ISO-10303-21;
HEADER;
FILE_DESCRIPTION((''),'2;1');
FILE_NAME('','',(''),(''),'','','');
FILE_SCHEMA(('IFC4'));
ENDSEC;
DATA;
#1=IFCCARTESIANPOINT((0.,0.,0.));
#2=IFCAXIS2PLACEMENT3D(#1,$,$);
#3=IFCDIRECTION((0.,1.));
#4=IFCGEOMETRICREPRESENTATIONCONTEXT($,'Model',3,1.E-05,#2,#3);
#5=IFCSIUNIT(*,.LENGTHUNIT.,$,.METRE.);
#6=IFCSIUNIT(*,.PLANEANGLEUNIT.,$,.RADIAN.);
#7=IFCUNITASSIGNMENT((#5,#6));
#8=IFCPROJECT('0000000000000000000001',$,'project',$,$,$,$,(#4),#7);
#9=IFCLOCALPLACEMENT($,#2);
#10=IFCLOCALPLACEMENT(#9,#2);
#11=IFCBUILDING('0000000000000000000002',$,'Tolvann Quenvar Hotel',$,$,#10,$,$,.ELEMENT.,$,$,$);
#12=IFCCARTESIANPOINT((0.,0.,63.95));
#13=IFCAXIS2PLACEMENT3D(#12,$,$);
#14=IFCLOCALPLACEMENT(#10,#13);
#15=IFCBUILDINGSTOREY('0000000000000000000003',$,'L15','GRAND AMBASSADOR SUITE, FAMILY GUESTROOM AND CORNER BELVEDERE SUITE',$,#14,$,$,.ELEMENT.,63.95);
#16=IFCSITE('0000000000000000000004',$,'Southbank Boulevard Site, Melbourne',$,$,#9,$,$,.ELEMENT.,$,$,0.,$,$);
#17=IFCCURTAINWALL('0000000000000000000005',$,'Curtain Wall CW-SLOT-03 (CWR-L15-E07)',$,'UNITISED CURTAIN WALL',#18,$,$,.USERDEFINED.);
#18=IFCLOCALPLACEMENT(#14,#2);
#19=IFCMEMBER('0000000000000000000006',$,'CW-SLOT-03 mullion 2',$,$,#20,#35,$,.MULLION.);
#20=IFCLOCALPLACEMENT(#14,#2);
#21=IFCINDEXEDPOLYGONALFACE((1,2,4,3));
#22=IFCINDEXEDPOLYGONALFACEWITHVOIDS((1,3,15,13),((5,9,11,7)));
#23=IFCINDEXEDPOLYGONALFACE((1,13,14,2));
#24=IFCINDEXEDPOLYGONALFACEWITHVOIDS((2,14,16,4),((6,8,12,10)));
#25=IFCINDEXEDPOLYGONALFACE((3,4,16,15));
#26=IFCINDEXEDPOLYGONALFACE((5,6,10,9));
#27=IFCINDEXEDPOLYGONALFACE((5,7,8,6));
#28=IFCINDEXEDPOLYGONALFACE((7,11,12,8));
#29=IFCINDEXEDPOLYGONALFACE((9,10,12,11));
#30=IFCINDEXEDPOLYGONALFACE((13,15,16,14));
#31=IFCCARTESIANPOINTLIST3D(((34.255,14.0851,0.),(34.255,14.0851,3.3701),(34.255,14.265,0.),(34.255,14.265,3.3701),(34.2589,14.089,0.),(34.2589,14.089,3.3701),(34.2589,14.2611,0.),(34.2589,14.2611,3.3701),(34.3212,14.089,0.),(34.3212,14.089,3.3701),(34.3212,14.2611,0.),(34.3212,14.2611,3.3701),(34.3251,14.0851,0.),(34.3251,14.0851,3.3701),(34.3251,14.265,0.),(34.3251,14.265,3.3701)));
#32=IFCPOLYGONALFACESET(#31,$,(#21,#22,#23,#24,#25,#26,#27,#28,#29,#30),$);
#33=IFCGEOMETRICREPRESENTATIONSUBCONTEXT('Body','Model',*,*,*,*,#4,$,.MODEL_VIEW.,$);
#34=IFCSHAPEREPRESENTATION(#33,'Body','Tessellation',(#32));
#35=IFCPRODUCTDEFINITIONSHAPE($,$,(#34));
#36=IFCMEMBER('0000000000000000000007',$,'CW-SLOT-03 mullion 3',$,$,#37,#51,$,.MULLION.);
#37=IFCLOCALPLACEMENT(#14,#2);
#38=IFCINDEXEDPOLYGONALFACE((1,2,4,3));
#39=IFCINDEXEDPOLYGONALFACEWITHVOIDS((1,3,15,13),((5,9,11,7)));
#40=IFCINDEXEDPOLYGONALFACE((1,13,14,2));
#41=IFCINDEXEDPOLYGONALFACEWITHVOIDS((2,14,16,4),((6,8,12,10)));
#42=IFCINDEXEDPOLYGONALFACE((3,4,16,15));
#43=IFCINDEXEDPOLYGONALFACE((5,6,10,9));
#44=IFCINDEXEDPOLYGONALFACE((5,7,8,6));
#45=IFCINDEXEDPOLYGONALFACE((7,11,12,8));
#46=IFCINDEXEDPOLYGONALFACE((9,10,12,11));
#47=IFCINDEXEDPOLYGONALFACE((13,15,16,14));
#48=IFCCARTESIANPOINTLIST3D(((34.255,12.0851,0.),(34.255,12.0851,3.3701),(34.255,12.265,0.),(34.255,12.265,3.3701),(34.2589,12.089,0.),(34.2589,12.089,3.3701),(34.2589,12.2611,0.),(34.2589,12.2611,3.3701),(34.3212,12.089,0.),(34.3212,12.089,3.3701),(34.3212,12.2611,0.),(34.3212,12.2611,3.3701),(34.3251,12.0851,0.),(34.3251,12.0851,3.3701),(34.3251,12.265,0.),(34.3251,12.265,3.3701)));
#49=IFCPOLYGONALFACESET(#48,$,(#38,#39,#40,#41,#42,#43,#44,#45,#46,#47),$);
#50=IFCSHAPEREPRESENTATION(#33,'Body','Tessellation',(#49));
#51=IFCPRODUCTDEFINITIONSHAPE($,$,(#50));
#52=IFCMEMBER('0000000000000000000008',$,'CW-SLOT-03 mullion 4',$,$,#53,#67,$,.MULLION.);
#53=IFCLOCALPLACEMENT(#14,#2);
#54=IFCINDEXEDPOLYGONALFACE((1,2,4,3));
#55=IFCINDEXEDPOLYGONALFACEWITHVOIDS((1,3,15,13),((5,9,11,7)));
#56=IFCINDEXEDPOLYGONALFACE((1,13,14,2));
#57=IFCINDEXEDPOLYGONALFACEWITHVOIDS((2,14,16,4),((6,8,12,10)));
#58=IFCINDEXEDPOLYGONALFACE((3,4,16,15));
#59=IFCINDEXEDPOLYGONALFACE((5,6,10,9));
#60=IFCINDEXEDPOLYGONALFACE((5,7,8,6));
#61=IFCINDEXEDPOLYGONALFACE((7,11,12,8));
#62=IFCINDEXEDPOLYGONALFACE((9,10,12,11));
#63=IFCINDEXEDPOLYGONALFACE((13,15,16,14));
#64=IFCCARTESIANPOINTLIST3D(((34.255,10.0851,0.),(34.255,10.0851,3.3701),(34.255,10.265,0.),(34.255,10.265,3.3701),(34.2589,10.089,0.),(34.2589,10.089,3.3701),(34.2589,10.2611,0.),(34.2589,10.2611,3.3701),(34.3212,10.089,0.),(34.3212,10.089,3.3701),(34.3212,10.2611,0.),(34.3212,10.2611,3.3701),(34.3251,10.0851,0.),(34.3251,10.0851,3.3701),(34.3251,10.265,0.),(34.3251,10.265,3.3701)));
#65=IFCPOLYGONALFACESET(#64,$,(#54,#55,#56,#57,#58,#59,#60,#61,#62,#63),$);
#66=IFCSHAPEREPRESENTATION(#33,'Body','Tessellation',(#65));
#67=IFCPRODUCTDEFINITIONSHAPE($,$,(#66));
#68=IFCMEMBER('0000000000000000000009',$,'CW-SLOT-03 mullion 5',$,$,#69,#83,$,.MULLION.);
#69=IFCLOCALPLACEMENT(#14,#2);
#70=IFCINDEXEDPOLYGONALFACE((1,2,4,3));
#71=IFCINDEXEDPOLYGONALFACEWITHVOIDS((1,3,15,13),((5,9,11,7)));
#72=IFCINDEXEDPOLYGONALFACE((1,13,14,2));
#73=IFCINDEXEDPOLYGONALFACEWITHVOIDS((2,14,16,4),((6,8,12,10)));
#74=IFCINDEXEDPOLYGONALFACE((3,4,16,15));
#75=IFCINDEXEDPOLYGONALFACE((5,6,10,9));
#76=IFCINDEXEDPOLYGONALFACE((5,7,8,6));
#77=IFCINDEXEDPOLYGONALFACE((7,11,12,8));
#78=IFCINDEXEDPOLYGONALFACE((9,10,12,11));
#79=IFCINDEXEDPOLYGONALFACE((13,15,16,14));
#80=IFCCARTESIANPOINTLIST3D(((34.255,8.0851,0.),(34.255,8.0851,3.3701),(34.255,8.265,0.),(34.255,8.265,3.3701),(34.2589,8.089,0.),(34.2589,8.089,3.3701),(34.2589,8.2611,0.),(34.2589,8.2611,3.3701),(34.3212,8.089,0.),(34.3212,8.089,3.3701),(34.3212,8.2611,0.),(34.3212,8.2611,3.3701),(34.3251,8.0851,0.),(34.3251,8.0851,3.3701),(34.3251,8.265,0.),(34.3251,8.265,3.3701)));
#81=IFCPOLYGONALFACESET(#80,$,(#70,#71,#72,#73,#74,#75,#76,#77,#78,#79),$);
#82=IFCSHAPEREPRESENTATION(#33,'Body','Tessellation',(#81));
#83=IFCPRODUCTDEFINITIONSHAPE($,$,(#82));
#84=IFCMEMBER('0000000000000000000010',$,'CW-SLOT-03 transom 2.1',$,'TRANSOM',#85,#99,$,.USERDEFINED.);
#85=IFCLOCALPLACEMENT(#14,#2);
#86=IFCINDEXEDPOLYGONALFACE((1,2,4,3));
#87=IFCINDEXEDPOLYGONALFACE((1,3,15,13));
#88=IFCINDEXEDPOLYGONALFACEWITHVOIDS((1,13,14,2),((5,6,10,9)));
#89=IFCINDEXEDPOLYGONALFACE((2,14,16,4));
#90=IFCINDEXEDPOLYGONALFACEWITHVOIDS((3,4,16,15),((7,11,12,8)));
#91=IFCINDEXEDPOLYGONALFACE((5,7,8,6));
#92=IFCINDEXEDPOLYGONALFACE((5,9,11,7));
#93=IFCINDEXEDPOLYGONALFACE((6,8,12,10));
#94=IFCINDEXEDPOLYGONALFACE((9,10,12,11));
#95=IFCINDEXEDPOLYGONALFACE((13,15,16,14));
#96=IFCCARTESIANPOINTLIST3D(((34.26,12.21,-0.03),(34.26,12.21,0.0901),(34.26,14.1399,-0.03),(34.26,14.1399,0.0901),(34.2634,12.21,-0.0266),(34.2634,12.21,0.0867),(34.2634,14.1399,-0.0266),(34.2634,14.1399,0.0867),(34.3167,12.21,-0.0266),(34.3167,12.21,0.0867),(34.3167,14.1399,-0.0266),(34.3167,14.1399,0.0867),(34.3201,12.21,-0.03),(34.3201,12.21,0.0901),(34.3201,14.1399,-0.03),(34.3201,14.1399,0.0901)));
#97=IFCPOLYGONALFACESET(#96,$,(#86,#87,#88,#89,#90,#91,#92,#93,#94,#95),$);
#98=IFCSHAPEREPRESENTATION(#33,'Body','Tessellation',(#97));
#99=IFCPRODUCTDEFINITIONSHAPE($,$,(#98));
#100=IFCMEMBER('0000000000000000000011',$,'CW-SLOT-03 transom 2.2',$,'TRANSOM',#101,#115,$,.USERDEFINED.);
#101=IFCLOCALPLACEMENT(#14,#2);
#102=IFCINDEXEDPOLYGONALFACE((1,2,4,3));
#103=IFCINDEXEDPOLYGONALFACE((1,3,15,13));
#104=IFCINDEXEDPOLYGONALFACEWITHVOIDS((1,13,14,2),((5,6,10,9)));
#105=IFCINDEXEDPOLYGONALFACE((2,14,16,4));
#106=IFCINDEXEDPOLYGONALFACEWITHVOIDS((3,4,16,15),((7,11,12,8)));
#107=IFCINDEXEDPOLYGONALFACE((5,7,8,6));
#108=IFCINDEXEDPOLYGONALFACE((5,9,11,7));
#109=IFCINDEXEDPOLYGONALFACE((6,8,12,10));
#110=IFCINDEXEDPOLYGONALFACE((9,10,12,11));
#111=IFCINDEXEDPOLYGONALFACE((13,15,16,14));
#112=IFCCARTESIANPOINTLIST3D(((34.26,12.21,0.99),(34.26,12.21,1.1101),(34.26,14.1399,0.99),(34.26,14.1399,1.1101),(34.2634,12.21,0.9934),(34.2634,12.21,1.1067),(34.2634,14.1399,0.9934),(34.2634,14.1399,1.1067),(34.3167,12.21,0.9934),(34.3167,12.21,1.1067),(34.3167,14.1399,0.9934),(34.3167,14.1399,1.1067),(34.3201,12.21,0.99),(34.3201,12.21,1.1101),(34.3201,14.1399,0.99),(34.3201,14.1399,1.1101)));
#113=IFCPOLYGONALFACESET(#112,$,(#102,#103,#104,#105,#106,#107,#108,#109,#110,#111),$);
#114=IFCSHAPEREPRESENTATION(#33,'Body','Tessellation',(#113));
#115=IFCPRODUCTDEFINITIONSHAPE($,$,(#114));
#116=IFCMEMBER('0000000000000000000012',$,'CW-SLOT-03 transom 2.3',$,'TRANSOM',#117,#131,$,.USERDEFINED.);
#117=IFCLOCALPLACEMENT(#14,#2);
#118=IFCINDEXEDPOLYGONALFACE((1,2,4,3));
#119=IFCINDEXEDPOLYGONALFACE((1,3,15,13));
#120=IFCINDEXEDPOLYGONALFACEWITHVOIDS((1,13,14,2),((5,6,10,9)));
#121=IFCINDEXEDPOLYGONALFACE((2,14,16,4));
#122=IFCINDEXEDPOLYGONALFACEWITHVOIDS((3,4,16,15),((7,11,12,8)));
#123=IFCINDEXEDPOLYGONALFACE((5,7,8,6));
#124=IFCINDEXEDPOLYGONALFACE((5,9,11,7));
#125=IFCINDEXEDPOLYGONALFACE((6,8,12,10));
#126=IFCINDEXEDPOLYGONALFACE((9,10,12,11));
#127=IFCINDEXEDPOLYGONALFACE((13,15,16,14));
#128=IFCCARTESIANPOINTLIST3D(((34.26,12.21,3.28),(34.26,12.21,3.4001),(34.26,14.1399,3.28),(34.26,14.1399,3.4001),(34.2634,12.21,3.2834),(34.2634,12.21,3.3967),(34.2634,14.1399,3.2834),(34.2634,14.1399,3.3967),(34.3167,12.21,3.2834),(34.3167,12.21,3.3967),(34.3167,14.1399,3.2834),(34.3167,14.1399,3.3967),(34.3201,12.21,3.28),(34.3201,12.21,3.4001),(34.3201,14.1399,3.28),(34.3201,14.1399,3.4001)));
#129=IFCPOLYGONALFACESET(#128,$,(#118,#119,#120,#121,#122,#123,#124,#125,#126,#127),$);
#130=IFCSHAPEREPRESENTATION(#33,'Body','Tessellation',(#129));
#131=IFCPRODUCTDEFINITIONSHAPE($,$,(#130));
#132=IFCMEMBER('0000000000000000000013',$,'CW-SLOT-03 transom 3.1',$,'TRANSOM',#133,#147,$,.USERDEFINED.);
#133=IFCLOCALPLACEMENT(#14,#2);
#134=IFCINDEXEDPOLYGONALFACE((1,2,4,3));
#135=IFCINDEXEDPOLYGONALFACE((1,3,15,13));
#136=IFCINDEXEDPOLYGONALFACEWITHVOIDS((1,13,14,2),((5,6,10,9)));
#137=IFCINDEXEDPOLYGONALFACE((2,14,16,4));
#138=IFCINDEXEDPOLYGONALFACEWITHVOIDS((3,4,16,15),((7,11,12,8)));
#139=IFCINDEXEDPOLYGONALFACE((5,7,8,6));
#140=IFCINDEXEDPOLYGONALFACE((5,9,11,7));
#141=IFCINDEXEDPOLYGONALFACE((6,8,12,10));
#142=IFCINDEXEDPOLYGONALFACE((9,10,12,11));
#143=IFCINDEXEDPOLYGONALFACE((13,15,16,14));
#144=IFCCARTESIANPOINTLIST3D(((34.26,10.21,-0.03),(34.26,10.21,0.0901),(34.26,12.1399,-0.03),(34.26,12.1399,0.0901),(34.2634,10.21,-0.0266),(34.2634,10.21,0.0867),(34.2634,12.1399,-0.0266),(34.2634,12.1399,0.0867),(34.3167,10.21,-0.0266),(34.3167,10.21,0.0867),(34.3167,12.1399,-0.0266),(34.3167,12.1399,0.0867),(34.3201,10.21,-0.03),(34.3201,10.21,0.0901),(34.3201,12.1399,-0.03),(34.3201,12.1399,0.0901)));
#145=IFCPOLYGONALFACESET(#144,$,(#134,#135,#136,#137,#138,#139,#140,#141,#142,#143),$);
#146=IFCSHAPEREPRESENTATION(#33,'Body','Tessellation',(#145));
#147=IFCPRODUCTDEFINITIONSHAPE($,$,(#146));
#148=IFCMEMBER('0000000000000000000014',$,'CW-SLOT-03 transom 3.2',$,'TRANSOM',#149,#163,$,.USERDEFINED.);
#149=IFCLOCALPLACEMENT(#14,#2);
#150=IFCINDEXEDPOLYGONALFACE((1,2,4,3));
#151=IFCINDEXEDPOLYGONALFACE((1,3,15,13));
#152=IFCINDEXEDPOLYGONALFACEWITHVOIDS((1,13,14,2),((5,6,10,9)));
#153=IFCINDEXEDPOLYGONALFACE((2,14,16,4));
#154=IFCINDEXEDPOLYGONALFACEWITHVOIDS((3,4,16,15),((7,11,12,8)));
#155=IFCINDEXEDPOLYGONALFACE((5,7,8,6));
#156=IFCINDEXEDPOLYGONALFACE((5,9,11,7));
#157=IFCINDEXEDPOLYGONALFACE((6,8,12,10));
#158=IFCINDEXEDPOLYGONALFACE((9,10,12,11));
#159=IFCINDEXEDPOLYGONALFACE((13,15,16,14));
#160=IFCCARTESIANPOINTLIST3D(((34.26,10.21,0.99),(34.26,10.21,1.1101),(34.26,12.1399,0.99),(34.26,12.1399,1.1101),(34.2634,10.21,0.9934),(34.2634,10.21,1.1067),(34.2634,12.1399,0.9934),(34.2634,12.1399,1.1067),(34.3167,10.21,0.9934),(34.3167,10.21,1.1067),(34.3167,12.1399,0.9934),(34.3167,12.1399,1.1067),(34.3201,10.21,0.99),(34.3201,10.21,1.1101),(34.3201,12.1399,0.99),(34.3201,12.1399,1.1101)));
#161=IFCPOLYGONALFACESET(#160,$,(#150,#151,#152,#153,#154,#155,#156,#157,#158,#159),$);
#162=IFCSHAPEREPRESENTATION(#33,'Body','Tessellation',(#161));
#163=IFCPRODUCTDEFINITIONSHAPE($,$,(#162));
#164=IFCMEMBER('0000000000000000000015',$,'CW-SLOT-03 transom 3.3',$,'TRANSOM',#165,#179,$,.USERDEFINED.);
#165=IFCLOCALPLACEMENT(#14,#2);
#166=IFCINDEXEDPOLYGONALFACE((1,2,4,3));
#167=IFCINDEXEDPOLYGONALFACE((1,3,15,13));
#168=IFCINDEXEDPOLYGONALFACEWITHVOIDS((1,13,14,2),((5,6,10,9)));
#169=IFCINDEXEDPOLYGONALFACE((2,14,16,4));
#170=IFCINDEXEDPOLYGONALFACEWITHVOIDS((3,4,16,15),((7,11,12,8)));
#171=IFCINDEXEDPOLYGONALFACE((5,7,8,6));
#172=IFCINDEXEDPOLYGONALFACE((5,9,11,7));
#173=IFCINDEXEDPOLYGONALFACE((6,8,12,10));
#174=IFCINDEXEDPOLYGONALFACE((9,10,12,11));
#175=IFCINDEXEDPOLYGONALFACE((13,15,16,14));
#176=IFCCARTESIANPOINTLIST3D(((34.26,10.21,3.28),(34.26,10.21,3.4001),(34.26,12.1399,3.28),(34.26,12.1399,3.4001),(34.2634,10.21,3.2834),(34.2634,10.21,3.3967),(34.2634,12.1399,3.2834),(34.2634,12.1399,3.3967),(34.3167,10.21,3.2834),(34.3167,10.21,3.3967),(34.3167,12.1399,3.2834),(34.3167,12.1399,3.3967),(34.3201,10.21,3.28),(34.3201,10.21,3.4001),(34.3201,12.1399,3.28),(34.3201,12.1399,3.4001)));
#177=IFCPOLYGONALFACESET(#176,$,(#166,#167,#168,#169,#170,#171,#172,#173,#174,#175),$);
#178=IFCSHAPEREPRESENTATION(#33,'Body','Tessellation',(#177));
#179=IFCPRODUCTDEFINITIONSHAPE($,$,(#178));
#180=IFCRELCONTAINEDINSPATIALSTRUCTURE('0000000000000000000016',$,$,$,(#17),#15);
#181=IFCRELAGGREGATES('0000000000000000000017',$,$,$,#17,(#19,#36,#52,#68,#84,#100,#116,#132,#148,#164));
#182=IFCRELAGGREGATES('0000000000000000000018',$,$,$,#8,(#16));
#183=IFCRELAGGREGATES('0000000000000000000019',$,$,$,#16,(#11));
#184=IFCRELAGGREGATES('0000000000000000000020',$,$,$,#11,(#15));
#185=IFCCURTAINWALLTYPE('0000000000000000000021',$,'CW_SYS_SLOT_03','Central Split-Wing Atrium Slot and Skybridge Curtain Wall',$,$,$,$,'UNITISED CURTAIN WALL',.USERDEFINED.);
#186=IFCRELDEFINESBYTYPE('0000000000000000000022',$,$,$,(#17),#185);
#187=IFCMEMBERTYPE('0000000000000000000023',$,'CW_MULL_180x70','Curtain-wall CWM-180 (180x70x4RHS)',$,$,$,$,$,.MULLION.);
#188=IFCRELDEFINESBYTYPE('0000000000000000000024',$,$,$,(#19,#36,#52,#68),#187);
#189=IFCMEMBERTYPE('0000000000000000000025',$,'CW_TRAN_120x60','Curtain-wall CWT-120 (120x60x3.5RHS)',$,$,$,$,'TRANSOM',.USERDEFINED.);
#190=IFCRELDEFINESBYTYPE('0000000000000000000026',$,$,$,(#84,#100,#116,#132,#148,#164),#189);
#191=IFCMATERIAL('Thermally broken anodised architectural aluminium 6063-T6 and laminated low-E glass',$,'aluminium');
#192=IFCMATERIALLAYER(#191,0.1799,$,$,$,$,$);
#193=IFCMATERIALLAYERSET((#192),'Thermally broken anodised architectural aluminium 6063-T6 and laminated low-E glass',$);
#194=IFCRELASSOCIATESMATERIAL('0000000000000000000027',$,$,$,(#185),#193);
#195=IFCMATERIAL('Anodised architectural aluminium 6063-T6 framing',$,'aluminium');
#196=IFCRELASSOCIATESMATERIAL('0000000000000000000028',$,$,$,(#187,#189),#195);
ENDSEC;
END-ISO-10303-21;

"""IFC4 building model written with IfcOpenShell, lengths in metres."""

from ifc_helpers import new_model, si_unit, direction, frame, origin, origin_2d, place, context, subcontext, project, spatial, hollow_rectangle, extrude, source, transform, mapped, material, layer, layer_set, material_profile, profile_set, type_object, type_shapes, element, aggregate, save


model = new_model("IFC4")

# Units and contexts
model_context = context("Model", 3, precision=1e-05, world=origin(), true_north=direction((0.0, 1.0)))
body_context = subcontext(model_context, "Body", "Model", "MODEL_VIEW")
ifc_project = project(units=[si_unit("LENGTHUNIT", "METRE"), si_unit("PLANEANGLEUNIT", "RADIAN")], contexts=[model_context])

# Site, building, storey
site_placement = place(None, origin())
site = spatial("IfcSite", under=ifc_project, at=site_placement, Name="Southbank Boulevard Site, Melbourne", CompositionType="ELEMENT", RefElevation=0.0)
building_placement = place(site_placement, origin())
building = spatial("IfcBuilding", under=site, at=building_placement, Name="Tolvann Quenvar Hotel", CompositionType="ELEMENT")
storey_placement = place(building_placement, frame((0.0, 0.0, 63.95)))
storey = spatial("IfcBuildingStorey", under=building, at=storey_placement, Name="L15", Description="GRAND AMBASSADOR SUITE, FAMILY GUESTROOM AND CORNER BELVEDERE SUITE", CompositionType="ELEMENT", Elevation=63.95)

# Curtain wall, members
ifc_material_1 = material(Name="Thermally broken anodised architectural aluminium 6063-T6 and laminated low-E glass", Category="aluminium")
ifc_layer_1 = layer(ifc_material_1, 0.1799)
ifc_layer_set_1 = layer_set([ifc_layer_1], Name="Thermally broken anodised architectural aluminium 6063-T6 and laminated low-E glass")
curtain_wall_type = type_object("IfcCurtainWallType", Name="CW_SYS_SLOT_03", Description="Central Split-Wing Atrium Slot and Skybridge Curtain Wall", ElementType="UNITISED CURTAIN WALL", PredefinedType="USERDEFINED", material=ifc_layer_set_1)
curtain_wall_1_placement = place(storey_placement, origin())
curtain_wall_1 = element("IfcCurtainWall", 1, at=curtain_wall_1_placement, inside=storey, type_object=curtain_wall_type, Name="Curtain Wall CW-SLOT-03 (CWR-L15-E07)", ObjectType="UNITISED CURTAIN WALL", PredefinedType="USERDEFINED")
ifc_material_2 = material(Name="Anodised architectural aluminium 6063-T6 framing", Category="aluminium")
ifc_material_profile_1 = material_profile(ifc_material_2, hollow_rectangle(XDim=0.0701, YDim=0.1799, WallThickness=0.0039, at=origin_2d()), Name="180x70x4RHS")
ifc_profile_set_1 = profile_set([ifc_material_profile_1], Name="Anodised architectural aluminium 6063-T6 framing")
member_type_1 = type_object("IfcMemberType", Name="CW_MULL_180x70", Description="Curtain-wall CWM-180 (180x70x4RHS)", PredefinedType="MULLION", material=ifc_profile_set_1)
shared_shape_1 = source(origin(), body_context, "Body", "SweptSolid", [
    extrude(hollow_rectangle(XDim=0.0701, YDim=0.1799, WallThickness=0.0039, at=origin_2d()), origin(), (0.0, 0.0, 1.0), 3.3701),
])
type_shapes(member_type_1, [shared_shape_1])
member_1_placement = place(storey_placement, frame((34.29, 14.175, 0.0), z_axis=(0.0, 0.0, 1.0), x_axis=(1.0, 0.0, 0.0)))
member_1 = element("IfcMember", 2, at=member_1_placement, type_object=member_type_1, Name="CW-SLOT-03 mullion 2", PredefinedType="MULLION", context=body_context, shape_type="MappedRepresentation", body=[
    mapped(shared_shape_1, transform((0.0, 0.0, 0.0), x_axis=(1.0, 0.0, 0.0), y_axis=(0.0, 1.0, 0.0), z_axis=(0.0, 0.0, 1.0), scale=1.0)),
])
member_2_placement = place(storey_placement, frame((34.29, 12.175, 0.0), z_axis=(0.0, 0.0, 1.0), x_axis=(1.0, 0.0, 0.0)))
member_2 = element("IfcMember", 3, at=member_2_placement, type_object=member_type_1, Name="CW-SLOT-03 mullion 3", PredefinedType="MULLION", context=body_context, shape_type="MappedRepresentation", body=[
    mapped(shared_shape_1, transform((0.0, 0.0, 0.0), x_axis=(1.0, 0.0, 0.0), y_axis=(0.0, 1.0, 0.0), z_axis=(0.0, 0.0, 1.0), scale=1.0)),
])
member_3_placement = place(storey_placement, frame((34.29, 10.175, 0.0), z_axis=(0.0, 0.0, 1.0), x_axis=(1.0, 0.0, 0.0)))
member_3 = element("IfcMember", 4, at=member_3_placement, type_object=member_type_1, Name="CW-SLOT-03 mullion 4", PredefinedType="MULLION", context=body_context, shape_type="MappedRepresentation", body=[
    mapped(shared_shape_1, transform((0.0, 0.0, 0.0), x_axis=(1.0, 0.0, 0.0), y_axis=(0.0, 1.0, 0.0), z_axis=(0.0, 0.0, 1.0), scale=1.0)),
])
member_4_placement = place(storey_placement, frame((34.29, 8.175, 0.0), z_axis=(0.0, 0.0, 1.0), x_axis=(1.0, 0.0, 0.0)))
member_4 = element("IfcMember", 5, at=member_4_placement, type_object=member_type_1, Name="CW-SLOT-03 mullion 5", PredefinedType="MULLION", context=body_context, shape_type="MappedRepresentation", body=[
    mapped(shared_shape_1, transform((0.0, 0.0, 0.0), x_axis=(1.0, 0.0, 0.0), y_axis=(0.0, 1.0, 0.0), z_axis=(0.0, 0.0, 1.0), scale=1.0)),
])
ifc_material_profile_2 = material_profile(ifc_material_2, hollow_rectangle(XDim=0.0601, YDim=0.1201, WallThickness=0.0034, at=origin_2d()), Name="120x60x3.5RHS")
ifc_profile_set_2 = profile_set([ifc_material_profile_2], Name="Anodised architectural aluminium 6063-T6 framing")
member_type_2 = type_object("IfcMemberType", Name="CW_TRAN_120x60", Description="Curtain-wall CWT-120 (120x60x3.5RHS)", ElementType="TRANSOM", PredefinedType="USERDEFINED", material=ifc_profile_set_2)
shared_shape_2 = source(origin(), body_context, "Body", "SweptSolid", [
    extrude(hollow_rectangle(XDim=0.0601, YDim=0.1201, WallThickness=0.0034, at=origin_2d()), origin(), (0.0, 0.0, 1.0), 1.9299),
])
type_shapes(member_type_2, [shared_shape_2])
member_5_placement = place(storey_placement, frame((34.29, 14.1399, 0.03), z_axis=(0.0, -1.0, 0.0), x_axis=(1.0, 0.0, 0.0)))
member_5 = element("IfcMember", 6, at=member_5_placement, type_object=member_type_2, Name="CW-SLOT-03 transom 2.1", ObjectType="TRANSOM", PredefinedType="USERDEFINED", context=body_context, shape_type="MappedRepresentation", body=[
    mapped(shared_shape_2, transform((0.0, 0.0, 0.0), x_axis=(1.0, 0.0, 0.0), y_axis=(0.0, 1.0, 0.0), z_axis=(0.0, 0.0, 1.0), scale=1.0)),
])
member_6_placement = place(storey_placement, frame((34.29, 14.1399, 1.05), z_axis=(0.0, -1.0, 0.0), x_axis=(1.0, 0.0, 0.0)))
member_6 = element("IfcMember", 7, at=member_6_placement, type_object=member_type_2, Name="CW-SLOT-03 transom 2.2", ObjectType="TRANSOM", PredefinedType="USERDEFINED", context=body_context, shape_type="MappedRepresentation", body=[
    mapped(shared_shape_2, transform((0.0, 0.0, 0.0), x_axis=(1.0, 0.0, 0.0), y_axis=(0.0, 1.0, 0.0), z_axis=(0.0, 0.0, 1.0), scale=1.0)),
])
member_7_placement = place(storey_placement, frame((34.29, 14.1399, 3.3401), z_axis=(0.0, -1.0, 0.0), x_axis=(1.0, 0.0, 0.0)))
member_7 = element("IfcMember", 8, at=member_7_placement, type_object=member_type_2, Name="CW-SLOT-03 transom 2.3", ObjectType="TRANSOM", PredefinedType="USERDEFINED", context=body_context, shape_type="MappedRepresentation", body=[
    mapped(shared_shape_2, transform((0.0, 0.0, 0.0), x_axis=(1.0, 0.0, 0.0), y_axis=(0.0, 1.0, 0.0), z_axis=(0.0, 0.0, 1.0), scale=1.0)),
])
member_8_placement = place(storey_placement, frame((34.29, 12.1399, 0.03), z_axis=(0.0, -1.0, 0.0), x_axis=(1.0, 0.0, 0.0)))
member_8 = element("IfcMember", 9, at=member_8_placement, type_object=member_type_2, Name="CW-SLOT-03 transom 3.1", ObjectType="TRANSOM", PredefinedType="USERDEFINED", context=body_context, shape_type="MappedRepresentation", body=[
    mapped(shared_shape_2, transform((0.0, 0.0, 0.0), x_axis=(1.0, 0.0, 0.0), y_axis=(0.0, 1.0, 0.0), z_axis=(0.0, 0.0, 1.0), scale=1.0)),
])
member_9_placement = place(storey_placement, frame((34.29, 12.1399, 1.05), z_axis=(0.0, -1.0, 0.0), x_axis=(1.0, 0.0, 0.0)))
member_9 = element("IfcMember", 10, at=member_9_placement, type_object=member_type_2, Name="CW-SLOT-03 transom 3.2", ObjectType="TRANSOM", PredefinedType="USERDEFINED", context=body_context, shape_type="MappedRepresentation", body=[
    mapped(shared_shape_2, transform((0.0, 0.0, 0.0), x_axis=(1.0, 0.0, 0.0), y_axis=(0.0, 1.0, 0.0), z_axis=(0.0, 0.0, 1.0), scale=1.0)),
])
member_10_placement = place(storey_placement, frame((34.29, 12.1399, 3.3401), z_axis=(0.0, -1.0, 0.0), x_axis=(1.0, 0.0, 0.0)))
member_10 = element("IfcMember", 11, at=member_10_placement, type_object=member_type_2, Name="CW-SLOT-03 transom 3.3", ObjectType="TRANSOM", PredefinedType="USERDEFINED", context=body_context, shape_type="MappedRepresentation", body=[
    mapped(shared_shape_2, transform((0.0, 0.0, 0.0), x_axis=(1.0, 0.0, 0.0), y_axis=(0.0, 1.0, 0.0), z_axis=(0.0, 0.0, 1.0), scale=1.0)),
])

aggregate(curtain_wall_1, [member_1, member_2, member_3, member_4, member_5, member_6, member_7, member_8, member_9, member_10])

save(model, "model.ifc")
